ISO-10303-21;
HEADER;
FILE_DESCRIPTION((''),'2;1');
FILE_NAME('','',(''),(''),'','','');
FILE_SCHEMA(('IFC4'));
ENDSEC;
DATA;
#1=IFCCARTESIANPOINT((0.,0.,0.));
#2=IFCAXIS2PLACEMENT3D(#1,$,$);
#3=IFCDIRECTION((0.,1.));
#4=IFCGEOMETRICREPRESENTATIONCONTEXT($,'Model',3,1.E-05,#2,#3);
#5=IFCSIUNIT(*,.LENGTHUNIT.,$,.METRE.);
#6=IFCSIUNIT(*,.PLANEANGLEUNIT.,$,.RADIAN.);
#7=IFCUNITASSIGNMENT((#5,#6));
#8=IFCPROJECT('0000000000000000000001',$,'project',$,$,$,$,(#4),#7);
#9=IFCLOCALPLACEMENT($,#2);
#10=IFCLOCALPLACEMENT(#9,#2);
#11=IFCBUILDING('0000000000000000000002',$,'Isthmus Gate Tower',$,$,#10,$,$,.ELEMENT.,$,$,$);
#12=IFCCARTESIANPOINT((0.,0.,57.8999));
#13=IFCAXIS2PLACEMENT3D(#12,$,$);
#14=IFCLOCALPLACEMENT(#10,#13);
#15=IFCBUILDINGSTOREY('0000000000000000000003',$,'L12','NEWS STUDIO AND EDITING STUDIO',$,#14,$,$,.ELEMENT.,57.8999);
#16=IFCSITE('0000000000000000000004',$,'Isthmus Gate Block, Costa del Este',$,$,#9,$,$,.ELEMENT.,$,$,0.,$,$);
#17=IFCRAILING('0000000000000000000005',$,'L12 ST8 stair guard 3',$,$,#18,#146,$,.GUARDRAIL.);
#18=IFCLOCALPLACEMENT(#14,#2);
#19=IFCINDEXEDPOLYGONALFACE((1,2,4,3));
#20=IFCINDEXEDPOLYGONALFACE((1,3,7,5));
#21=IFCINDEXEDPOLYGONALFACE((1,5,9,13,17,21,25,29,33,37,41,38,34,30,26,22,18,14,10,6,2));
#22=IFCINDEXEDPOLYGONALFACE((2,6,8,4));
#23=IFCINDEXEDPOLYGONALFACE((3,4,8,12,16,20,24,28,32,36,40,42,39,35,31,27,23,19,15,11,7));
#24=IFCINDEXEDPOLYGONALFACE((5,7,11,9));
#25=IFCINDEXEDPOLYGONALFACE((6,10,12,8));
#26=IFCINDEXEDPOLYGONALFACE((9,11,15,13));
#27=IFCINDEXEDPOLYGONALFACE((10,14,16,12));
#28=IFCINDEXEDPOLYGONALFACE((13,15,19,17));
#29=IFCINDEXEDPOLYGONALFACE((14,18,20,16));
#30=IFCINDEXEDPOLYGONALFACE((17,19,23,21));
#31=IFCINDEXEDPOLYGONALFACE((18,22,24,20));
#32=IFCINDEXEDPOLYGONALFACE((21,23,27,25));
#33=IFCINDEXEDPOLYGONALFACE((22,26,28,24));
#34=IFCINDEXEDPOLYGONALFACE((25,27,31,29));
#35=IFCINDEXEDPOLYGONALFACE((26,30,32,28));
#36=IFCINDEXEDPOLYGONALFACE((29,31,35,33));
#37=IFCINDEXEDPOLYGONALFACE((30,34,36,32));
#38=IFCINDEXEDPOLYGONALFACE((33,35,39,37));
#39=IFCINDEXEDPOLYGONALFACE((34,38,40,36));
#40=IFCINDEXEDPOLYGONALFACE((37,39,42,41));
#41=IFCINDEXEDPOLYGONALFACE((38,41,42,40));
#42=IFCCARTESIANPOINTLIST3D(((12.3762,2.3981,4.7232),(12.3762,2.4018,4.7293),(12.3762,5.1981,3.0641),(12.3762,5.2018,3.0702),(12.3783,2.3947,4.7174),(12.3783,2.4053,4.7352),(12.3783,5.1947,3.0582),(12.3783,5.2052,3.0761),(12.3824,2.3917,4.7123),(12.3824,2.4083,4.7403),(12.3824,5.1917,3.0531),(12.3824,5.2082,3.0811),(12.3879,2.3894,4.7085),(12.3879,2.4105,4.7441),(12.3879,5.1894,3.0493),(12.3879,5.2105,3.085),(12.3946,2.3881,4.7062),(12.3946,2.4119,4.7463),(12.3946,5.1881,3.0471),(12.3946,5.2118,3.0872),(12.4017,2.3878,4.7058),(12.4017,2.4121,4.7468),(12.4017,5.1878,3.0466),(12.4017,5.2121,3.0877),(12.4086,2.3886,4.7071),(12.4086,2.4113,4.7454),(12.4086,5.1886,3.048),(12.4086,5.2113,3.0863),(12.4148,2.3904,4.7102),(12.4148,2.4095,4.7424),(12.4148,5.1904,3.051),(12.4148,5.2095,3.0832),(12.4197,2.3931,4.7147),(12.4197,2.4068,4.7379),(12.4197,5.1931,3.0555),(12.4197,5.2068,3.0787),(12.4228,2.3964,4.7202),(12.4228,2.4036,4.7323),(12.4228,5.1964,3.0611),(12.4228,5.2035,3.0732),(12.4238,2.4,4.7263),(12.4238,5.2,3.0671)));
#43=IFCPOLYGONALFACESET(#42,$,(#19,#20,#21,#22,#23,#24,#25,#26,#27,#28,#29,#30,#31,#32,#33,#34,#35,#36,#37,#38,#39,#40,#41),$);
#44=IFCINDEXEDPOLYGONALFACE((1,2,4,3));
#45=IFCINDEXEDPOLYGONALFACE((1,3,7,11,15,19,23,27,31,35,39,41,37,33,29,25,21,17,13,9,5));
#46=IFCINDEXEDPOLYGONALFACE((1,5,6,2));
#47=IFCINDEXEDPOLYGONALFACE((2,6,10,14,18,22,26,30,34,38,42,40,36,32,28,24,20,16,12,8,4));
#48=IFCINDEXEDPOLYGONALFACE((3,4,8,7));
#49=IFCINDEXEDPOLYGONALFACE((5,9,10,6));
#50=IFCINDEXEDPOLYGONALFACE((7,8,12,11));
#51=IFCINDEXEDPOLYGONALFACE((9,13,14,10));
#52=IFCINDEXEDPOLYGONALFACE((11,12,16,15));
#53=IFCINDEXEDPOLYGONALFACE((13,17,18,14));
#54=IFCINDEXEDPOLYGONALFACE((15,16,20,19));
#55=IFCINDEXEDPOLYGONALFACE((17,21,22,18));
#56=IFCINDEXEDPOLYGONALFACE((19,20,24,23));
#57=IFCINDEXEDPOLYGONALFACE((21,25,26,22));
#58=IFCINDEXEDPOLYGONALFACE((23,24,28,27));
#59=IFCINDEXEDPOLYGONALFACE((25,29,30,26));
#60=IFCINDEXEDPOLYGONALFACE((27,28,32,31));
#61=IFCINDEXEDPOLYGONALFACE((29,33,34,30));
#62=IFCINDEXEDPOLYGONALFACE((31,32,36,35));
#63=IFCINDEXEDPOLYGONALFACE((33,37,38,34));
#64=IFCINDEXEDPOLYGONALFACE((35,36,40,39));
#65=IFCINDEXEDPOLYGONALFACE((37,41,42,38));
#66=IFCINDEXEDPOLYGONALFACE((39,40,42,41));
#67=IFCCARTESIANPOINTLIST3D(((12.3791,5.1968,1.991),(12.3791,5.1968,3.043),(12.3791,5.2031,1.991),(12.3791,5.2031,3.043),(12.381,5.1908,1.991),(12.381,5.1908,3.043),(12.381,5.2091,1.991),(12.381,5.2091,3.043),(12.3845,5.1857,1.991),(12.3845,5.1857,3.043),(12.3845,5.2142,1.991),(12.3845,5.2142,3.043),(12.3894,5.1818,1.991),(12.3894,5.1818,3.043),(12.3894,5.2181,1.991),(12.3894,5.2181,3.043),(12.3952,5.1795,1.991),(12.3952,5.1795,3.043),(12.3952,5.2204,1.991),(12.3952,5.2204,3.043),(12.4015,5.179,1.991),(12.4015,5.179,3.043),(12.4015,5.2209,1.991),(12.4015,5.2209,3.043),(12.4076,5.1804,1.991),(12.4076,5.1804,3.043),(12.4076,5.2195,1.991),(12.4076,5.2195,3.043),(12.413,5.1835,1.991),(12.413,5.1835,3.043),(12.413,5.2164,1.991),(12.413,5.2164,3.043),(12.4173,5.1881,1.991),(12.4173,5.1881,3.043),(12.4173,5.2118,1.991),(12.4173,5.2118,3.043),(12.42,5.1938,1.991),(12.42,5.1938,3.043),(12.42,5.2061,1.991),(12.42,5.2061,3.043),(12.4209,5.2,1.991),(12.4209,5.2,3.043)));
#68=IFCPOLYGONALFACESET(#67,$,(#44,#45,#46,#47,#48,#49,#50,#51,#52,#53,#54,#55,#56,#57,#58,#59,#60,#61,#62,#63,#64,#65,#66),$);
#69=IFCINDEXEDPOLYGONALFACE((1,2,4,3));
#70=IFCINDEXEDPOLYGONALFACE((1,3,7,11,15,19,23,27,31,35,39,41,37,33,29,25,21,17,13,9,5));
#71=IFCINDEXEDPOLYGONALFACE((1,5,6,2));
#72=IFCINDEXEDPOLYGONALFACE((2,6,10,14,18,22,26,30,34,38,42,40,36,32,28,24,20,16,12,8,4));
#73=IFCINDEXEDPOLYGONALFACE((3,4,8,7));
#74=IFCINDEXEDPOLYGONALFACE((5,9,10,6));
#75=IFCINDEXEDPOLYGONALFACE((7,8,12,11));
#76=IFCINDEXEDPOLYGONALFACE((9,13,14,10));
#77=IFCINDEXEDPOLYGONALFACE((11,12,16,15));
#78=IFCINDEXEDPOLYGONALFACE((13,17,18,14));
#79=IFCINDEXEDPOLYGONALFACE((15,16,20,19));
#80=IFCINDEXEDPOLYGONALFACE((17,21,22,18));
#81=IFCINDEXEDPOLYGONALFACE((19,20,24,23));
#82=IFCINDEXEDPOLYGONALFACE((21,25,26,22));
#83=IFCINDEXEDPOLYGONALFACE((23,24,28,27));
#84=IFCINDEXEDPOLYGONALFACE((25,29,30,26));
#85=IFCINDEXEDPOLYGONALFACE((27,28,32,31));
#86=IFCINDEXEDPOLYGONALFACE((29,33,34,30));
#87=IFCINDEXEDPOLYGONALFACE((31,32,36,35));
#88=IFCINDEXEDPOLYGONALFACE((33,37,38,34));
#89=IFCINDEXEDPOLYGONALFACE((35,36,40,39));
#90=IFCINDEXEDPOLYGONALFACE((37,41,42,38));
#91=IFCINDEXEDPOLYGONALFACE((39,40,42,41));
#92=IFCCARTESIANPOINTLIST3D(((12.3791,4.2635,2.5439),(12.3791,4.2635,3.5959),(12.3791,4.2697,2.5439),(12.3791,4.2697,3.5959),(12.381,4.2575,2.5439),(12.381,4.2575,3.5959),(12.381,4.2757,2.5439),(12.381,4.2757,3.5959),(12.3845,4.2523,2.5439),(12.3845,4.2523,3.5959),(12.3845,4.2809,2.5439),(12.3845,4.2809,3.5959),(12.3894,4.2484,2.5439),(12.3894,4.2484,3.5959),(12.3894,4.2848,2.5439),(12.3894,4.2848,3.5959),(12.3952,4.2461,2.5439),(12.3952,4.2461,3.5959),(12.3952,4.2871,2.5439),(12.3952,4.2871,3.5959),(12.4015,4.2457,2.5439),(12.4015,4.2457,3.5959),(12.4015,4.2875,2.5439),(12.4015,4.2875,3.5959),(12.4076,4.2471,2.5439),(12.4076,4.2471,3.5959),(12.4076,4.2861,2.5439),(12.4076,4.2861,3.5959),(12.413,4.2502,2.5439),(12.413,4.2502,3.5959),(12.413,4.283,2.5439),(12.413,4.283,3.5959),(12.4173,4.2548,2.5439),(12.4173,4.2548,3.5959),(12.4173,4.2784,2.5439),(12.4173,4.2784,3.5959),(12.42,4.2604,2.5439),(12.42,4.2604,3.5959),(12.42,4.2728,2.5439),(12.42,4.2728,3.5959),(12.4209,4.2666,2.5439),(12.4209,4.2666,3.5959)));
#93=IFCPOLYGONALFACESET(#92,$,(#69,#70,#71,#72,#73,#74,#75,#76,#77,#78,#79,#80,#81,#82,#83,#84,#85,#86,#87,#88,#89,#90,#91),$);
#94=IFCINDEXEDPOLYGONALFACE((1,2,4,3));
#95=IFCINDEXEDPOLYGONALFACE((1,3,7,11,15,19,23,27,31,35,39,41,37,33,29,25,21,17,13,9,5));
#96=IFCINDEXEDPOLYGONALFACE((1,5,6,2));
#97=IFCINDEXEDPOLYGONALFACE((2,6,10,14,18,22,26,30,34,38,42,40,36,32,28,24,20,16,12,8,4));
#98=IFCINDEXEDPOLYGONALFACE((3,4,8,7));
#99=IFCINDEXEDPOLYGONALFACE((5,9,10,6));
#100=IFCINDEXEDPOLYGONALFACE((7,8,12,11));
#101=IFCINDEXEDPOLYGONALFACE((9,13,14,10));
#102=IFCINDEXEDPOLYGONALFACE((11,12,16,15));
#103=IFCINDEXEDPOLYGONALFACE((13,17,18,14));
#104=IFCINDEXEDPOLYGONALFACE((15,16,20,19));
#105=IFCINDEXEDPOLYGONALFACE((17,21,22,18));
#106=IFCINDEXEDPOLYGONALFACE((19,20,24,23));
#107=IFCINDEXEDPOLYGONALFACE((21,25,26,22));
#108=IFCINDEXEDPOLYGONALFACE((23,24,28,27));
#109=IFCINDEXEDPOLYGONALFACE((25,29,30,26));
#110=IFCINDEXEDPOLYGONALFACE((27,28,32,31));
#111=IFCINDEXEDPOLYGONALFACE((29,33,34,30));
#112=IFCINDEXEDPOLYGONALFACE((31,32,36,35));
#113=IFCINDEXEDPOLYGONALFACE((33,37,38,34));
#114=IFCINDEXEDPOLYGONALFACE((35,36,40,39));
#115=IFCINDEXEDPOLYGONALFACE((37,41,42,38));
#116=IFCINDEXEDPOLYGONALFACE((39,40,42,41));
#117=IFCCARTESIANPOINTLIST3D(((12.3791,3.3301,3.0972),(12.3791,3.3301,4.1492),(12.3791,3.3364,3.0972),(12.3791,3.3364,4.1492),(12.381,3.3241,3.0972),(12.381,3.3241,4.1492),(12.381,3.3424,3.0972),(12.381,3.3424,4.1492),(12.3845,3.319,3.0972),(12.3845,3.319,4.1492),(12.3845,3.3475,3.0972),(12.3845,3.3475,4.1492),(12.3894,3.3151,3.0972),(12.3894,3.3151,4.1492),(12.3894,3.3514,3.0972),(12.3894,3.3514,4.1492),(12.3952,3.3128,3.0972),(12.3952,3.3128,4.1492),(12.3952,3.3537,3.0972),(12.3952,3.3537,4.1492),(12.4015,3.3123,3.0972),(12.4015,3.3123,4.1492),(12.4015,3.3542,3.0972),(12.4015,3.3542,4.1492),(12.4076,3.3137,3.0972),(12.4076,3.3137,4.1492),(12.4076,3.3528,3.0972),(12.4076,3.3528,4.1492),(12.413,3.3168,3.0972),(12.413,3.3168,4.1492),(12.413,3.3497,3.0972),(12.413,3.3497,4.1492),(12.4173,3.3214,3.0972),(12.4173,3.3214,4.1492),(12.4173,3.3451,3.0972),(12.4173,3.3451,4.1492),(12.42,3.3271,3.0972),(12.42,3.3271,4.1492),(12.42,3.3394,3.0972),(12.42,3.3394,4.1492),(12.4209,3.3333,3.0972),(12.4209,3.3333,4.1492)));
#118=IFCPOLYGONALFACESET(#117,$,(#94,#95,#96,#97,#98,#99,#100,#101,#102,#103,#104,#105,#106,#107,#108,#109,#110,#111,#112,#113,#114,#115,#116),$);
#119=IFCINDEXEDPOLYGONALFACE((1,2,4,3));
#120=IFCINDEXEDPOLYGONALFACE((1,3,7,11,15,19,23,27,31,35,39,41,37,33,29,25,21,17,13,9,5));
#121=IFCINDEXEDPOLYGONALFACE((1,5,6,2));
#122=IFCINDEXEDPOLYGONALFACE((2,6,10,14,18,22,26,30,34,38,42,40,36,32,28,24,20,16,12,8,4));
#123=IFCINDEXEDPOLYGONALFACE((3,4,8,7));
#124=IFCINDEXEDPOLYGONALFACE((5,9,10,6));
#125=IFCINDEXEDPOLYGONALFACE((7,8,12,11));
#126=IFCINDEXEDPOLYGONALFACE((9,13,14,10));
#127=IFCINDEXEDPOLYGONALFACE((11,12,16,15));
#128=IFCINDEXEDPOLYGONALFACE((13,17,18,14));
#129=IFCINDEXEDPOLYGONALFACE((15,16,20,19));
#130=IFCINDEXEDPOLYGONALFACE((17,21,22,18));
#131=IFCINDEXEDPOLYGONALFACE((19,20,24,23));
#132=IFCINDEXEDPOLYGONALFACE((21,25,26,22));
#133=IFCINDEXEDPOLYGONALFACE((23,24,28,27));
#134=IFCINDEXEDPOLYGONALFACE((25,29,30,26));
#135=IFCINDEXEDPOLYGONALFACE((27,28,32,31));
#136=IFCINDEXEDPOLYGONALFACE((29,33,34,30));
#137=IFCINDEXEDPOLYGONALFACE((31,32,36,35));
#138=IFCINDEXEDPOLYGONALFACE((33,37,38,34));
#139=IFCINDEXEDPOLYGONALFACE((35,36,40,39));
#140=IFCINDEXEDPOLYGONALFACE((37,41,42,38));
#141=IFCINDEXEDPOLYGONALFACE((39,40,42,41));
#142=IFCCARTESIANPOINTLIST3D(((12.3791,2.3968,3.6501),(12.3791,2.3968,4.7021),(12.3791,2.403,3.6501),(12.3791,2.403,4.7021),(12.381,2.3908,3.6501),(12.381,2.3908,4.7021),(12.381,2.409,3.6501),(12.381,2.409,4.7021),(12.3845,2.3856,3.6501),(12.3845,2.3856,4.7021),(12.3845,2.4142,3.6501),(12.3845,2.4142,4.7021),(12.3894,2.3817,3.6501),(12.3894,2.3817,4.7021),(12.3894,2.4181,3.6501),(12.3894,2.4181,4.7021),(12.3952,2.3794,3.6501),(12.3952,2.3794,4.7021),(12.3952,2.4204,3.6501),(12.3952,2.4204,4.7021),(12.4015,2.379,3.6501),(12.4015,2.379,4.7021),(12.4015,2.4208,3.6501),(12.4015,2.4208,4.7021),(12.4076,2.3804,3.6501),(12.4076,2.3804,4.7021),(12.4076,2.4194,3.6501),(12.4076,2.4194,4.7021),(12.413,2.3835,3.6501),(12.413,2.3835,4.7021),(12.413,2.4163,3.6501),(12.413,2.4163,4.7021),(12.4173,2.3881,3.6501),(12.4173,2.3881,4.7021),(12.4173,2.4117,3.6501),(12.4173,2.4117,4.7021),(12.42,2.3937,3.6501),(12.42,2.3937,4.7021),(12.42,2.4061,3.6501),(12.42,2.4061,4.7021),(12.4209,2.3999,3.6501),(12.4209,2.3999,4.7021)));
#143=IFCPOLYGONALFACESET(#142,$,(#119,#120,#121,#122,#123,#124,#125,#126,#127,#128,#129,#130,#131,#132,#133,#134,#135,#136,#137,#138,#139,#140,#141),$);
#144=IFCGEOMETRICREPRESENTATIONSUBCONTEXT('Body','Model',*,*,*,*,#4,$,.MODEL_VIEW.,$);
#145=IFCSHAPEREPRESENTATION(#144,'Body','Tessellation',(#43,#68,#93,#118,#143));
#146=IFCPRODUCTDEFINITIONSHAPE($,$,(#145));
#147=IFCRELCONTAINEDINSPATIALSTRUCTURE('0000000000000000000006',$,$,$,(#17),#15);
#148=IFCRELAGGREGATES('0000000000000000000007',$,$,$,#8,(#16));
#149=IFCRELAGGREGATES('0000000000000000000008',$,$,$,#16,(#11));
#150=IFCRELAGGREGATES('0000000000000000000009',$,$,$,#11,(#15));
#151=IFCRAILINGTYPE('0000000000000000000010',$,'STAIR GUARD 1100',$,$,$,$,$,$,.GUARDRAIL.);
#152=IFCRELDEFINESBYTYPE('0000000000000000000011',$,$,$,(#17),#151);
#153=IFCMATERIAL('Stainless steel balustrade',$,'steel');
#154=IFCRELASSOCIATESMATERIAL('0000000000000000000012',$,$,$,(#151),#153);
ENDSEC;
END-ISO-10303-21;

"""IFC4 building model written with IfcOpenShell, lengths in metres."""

from ifc_helpers import new_model, si_unit, direction, frame, origin, origin_2d, place, context, subcontext, project, spatial, circle, extrude, material, type_object, element, save


model = new_model("IFC4")

# Units and contexts
model_context = context("Model", 3, precision=1e-05, world=origin(), true_north=direction((0.0, 1.0)))
body_context = subcontext(model_context, "Body", "Model", "MODEL_VIEW")
ifc_project = project(units=[si_unit("LENGTHUNIT", "METRE"), si_unit("PLANEANGLEUNIT", "RADIAN")], contexts=[model_context])

# Site, building, storey
site_placement = place(None, origin())
site = spatial("IfcSite", under=ifc_project, at=site_placement, Name="Isthmus Gate Block, Costa del Este", CompositionType="ELEMENT", RefElevation=0.0)
building_placement = place(site_placement, origin())
building = spatial("IfcBuilding", under=site, at=building_placement, Name="Isthmus Gate Tower", CompositionType="ELEMENT")
storey_placement = place(building_placement, frame((0.0, 0.0, 57.8999)))
storey = spatial("IfcBuildingStorey", under=building, at=storey_placement, Name="L12", Description="NEWS STUDIO AND EDITING STUDIO", CompositionType="ELEMENT", Elevation=57.8999)

# Railing
ifc_material_1 = material(Name="Stainless steel balustrade", Category="steel")
railing_type_1 = type_object("IfcRailingType", Name="STAIR GUARD 1100", PredefinedType="GUARDRAIL", material=ifc_material_1)
railing_1_placement = place(storey_placement, frame((12.3999, 5.2, 1.991)))
element("IfcRailing", 1, at=railing_1_placement, inside=storey, type_object=railing_type_1, Name="L12 ST8 stair guard 3", PredefinedType="GUARDRAIL", context=body_context, shape_type="SweptSolid", body=[
    extrude(circle(Radius=0.0239, at=origin_2d()), frame((0.0, 0.0, 1.0762), z_axis=(0.0, -0.860306, 0.509778), x_axis=(1.0, 0.0, 0.0)), (0.0, 0.0, 1.0), 3.2546),
    extrude(circle(Radius=0.021, at=origin_2d()), origin(), (0.0, 0.0, 1.0), 1.052),
    extrude(circle(Radius=0.021, at=origin_2d()), frame((0.0, -0.9333, 0.553)), (0.0, 0.0, 1.0), 1.052),
    extrude(circle(Radius=0.021, at=origin_2d()), frame((0.0, -1.8667, 1.1062)), (0.0, 0.0, 1.0), 1.052),
    extrude(circle(Radius=0.021, at=origin_2d()), frame((0.0, -2.8, 1.6592)), (0.0, 0.0, 1.0), 1.052),
])

save(model, "model.ifc")
